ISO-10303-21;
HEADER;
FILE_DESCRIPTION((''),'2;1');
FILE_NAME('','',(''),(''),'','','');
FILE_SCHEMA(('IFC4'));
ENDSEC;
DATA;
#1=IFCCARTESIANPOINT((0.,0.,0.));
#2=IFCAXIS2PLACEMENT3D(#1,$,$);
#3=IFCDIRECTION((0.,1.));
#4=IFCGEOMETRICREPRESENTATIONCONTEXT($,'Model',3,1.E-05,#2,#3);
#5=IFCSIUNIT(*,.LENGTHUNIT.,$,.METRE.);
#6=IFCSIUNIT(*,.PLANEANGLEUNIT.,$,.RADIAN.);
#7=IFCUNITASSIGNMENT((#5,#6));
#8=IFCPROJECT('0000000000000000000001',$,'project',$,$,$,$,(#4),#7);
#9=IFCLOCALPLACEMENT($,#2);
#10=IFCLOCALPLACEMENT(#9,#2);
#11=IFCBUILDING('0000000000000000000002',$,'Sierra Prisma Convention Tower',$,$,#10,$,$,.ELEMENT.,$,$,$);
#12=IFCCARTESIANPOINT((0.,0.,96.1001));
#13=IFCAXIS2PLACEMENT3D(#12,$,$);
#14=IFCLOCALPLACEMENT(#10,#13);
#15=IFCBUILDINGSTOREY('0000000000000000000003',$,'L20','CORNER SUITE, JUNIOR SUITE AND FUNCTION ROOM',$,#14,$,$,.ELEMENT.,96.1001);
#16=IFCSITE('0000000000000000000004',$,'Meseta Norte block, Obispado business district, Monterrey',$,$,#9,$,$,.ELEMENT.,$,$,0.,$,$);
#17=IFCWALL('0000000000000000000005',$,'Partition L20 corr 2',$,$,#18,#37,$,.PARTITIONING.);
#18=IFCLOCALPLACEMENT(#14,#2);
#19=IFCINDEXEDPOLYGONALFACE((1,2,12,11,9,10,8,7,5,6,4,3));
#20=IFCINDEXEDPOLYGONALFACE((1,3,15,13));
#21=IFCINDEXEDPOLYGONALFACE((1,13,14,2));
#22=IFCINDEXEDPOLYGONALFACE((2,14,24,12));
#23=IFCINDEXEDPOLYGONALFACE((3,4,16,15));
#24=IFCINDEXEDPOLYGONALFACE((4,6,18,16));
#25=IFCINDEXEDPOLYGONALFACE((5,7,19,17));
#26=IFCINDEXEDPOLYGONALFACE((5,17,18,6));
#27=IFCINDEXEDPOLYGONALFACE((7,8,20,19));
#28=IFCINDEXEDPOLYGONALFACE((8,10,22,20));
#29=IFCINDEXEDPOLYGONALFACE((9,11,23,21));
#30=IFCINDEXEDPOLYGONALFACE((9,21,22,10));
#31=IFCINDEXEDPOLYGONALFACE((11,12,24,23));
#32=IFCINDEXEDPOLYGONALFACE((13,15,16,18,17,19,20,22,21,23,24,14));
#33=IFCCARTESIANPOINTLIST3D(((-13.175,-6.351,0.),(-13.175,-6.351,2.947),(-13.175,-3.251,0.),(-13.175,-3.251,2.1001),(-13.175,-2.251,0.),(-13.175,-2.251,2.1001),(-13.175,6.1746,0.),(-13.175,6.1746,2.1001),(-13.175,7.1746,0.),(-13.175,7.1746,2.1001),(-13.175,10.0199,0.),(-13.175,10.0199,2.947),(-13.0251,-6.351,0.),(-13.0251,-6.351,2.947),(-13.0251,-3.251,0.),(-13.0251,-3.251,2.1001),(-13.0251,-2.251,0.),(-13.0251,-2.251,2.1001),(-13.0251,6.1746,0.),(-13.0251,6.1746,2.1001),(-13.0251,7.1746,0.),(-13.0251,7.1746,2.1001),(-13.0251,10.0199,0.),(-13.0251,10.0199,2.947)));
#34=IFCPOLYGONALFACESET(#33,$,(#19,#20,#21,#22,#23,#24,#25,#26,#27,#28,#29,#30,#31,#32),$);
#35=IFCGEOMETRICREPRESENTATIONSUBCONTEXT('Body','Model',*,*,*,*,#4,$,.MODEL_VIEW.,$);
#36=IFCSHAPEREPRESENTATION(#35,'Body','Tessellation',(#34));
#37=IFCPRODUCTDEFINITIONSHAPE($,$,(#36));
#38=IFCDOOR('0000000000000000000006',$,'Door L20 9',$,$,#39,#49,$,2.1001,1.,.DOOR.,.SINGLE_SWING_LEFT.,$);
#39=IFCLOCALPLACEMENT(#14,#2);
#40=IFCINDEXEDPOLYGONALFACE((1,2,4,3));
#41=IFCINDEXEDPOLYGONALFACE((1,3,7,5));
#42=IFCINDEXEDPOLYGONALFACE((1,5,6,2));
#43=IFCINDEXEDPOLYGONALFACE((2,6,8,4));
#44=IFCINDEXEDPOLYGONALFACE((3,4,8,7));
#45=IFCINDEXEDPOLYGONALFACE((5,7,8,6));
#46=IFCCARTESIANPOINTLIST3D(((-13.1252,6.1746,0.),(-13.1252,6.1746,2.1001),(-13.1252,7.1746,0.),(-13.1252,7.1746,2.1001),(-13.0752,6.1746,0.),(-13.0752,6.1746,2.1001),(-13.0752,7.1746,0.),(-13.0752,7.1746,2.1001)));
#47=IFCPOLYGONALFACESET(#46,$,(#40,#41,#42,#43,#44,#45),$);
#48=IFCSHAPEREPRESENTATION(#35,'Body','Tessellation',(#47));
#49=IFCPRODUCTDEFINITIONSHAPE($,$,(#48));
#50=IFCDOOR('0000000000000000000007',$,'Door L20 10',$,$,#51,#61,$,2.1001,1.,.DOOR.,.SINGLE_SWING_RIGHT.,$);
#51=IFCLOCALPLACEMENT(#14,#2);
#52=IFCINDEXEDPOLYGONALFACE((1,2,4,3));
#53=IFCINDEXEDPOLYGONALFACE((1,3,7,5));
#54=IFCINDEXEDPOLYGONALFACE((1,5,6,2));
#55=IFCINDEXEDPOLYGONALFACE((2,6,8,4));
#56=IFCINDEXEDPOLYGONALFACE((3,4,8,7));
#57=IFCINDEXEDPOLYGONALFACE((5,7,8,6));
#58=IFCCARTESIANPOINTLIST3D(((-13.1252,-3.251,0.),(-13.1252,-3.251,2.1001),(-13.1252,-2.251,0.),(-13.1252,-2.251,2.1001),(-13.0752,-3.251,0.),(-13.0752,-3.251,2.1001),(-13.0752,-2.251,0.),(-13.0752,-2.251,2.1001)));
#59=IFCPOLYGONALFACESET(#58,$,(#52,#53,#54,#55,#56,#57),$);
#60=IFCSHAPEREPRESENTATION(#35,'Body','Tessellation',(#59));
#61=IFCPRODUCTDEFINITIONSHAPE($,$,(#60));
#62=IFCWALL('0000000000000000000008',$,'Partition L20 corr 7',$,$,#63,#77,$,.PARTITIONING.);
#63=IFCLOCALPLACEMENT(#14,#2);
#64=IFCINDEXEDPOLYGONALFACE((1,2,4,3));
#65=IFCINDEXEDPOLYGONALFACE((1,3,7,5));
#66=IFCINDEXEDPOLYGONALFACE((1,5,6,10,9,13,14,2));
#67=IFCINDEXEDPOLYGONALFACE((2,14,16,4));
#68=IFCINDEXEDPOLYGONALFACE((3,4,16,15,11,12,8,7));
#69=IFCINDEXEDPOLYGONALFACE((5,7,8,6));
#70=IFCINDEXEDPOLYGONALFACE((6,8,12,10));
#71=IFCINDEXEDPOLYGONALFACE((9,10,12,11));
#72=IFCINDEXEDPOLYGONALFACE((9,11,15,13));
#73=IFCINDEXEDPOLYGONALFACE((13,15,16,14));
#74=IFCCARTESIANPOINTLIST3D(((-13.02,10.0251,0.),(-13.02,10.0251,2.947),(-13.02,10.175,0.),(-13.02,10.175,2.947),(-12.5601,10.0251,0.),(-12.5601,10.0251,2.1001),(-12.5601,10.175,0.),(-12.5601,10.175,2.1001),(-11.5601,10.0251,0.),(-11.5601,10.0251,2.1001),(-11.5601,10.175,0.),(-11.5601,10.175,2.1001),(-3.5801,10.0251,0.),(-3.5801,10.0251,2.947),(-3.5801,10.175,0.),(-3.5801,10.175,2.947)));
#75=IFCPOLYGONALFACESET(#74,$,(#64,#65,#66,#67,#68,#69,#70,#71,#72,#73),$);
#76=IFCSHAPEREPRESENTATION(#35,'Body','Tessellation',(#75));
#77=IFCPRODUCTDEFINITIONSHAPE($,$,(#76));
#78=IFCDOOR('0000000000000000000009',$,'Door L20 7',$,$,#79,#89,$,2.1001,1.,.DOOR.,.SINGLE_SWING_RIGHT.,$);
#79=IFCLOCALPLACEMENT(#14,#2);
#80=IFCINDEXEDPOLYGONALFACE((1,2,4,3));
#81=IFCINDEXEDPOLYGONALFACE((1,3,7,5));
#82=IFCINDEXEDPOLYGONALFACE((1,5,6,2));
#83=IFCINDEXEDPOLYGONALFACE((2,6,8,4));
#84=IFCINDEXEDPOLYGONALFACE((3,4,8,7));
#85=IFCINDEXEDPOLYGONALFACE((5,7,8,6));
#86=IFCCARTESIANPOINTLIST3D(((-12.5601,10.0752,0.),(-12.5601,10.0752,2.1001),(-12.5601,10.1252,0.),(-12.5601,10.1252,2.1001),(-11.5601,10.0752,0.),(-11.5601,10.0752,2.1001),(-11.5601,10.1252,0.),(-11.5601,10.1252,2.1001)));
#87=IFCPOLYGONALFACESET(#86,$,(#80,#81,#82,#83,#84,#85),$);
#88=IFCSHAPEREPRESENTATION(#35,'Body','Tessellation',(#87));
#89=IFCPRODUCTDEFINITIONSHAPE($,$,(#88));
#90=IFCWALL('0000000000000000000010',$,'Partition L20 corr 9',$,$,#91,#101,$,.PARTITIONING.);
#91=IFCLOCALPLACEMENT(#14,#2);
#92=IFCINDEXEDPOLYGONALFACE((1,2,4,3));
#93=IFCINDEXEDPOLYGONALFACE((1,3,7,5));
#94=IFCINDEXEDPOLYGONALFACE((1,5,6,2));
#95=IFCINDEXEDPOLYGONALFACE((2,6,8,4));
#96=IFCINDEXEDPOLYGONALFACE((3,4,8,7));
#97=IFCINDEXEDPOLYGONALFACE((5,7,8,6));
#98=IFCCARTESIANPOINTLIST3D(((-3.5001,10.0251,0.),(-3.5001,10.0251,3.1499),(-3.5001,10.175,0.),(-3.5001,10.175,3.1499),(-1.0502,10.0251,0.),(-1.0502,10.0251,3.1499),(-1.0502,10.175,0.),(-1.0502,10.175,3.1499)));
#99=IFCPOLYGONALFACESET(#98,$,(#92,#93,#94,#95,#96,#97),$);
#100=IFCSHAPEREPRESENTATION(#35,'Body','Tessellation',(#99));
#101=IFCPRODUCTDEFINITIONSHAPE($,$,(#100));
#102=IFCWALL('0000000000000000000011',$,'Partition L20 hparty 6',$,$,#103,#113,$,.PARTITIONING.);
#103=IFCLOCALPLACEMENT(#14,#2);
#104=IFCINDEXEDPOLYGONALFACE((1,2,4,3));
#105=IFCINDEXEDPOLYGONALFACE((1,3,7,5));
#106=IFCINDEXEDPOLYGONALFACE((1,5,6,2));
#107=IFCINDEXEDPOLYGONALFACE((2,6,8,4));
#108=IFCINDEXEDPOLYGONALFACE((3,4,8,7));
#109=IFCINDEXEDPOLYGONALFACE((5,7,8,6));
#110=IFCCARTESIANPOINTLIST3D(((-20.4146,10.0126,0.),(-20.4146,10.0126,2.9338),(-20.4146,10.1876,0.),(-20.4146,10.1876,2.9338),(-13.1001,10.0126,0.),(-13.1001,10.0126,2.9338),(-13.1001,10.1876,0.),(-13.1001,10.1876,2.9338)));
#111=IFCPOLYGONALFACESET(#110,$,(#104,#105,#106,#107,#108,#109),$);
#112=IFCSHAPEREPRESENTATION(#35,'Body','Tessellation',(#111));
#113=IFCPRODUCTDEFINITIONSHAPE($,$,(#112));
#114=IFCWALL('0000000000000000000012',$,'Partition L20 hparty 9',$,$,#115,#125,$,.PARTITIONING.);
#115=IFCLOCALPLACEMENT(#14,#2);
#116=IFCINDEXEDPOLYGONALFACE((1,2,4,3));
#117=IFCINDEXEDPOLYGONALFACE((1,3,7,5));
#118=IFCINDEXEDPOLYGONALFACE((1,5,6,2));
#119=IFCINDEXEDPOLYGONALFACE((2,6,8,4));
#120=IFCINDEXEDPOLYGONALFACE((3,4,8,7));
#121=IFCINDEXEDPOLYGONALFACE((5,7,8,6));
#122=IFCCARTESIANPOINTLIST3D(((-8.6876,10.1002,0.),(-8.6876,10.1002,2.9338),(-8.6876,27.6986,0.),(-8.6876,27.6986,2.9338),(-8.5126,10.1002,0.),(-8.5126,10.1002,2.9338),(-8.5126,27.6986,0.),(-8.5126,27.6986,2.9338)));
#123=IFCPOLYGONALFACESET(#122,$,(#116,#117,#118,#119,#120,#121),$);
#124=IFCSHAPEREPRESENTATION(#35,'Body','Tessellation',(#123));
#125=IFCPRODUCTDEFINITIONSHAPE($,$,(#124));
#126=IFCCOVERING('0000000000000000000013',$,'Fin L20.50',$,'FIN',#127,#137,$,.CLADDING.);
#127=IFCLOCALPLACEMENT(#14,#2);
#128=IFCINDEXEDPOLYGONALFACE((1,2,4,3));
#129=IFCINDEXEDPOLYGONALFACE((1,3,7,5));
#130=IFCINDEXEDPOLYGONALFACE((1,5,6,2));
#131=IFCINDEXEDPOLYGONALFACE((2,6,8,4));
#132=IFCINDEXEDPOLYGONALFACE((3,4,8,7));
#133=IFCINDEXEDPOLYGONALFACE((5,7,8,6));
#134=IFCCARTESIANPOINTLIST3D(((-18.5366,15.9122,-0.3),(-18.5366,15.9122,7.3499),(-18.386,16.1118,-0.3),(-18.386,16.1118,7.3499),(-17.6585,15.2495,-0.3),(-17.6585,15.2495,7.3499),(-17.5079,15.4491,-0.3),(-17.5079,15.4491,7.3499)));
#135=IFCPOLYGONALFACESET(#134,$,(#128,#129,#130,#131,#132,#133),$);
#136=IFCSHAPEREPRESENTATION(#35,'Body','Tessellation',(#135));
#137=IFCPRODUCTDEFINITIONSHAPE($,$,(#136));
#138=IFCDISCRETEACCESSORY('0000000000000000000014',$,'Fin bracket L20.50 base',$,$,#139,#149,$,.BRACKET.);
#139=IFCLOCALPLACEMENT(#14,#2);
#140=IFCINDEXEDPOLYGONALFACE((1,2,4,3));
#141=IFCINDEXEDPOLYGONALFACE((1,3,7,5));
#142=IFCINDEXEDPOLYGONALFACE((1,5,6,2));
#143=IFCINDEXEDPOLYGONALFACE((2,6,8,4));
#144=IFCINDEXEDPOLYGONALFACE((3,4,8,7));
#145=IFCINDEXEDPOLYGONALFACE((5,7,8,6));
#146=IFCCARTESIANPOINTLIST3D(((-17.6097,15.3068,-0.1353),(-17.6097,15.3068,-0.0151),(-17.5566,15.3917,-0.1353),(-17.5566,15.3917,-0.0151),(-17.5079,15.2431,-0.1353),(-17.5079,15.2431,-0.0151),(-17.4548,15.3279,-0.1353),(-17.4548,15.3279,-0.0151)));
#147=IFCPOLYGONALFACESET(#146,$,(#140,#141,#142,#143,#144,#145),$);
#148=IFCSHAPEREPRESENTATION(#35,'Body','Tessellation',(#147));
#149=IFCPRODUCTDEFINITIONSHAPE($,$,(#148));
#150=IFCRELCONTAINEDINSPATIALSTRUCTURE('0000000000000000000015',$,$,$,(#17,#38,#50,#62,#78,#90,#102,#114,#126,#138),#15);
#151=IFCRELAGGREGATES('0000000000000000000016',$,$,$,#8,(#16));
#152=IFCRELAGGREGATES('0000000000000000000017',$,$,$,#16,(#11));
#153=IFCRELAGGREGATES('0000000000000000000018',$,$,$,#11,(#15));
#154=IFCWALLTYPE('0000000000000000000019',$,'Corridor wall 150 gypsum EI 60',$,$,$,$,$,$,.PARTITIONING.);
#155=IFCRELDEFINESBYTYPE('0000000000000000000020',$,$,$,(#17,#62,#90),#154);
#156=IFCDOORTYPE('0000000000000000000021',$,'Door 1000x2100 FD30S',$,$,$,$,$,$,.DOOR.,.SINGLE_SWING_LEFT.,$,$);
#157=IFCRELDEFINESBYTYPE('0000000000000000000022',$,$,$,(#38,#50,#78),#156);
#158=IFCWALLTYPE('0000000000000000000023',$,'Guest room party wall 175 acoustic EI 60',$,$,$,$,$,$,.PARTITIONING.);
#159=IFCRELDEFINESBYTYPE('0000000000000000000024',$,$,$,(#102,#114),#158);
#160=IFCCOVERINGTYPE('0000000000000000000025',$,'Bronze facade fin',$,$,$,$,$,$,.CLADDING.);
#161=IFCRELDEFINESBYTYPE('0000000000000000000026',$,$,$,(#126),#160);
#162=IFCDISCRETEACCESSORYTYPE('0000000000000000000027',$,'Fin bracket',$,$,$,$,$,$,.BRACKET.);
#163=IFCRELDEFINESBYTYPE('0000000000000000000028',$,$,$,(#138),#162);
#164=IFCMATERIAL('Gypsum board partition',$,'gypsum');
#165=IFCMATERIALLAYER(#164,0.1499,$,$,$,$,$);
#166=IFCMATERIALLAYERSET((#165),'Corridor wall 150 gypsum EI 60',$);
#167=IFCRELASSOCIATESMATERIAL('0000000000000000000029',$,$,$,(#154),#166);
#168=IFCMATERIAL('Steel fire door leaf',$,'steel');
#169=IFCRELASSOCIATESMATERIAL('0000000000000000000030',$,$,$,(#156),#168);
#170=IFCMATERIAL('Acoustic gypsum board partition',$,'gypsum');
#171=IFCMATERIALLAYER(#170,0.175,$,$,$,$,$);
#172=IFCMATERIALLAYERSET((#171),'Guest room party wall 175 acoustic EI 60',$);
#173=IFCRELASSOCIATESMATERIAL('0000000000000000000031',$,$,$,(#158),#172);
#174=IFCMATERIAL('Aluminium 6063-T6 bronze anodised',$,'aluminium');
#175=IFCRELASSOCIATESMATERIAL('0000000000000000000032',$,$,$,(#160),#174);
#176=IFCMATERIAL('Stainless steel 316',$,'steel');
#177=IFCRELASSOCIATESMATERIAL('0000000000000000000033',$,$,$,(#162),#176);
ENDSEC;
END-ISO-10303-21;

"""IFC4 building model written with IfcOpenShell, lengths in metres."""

from ifc_helpers import new_model, si_unit, direction, frame, frame_2d, origin, origin_2d, place, context, subcontext, project, spatial, rectangle, extrude, material, layer, layer_set, material_profile, profile_set, type_object, element, fill, save


model = new_model("IFC4")

# Units and contexts
model_context = context("Model", 3, precision=1e-05, world=origin(), true_north=direction((0.0, 1.0)))
body_context = subcontext(model_context, "Body", "Model", "MODEL_VIEW")
ifc_project = project(units=[si_unit("LENGTHUNIT", "METRE"), si_unit("PLANEANGLEUNIT", "RADIAN")], contexts=[model_context])

# Site, building, storey
site_placement = place(None, origin())
site = spatial("IfcSite", under=ifc_project, at=site_placement, Name="Meseta Norte block, Obispado business district, Monterrey", CompositionType="ELEMENT", RefElevation=0.0)
building_placement = place(site_placement, origin())
building = spatial("IfcBuilding", under=site, at=building_placement, Name="Sierra Prisma Convention Tower", CompositionType="ELEMENT")
storey_placement = place(building_placement, frame((0.0, 0.0, 96.1001)))
storey = spatial("IfcBuildingStorey", under=building, at=storey_placement, Name="L20", Description="CORNER SUITE, JUNIOR SUITE AND FUNCTION ROOM", CompositionType="ELEMENT", Elevation=96.1001)

# Wall, openings, doors
ifc_material_1 = material(Name="Gypsum board partition", Category="gypsum")
ifc_layer_1 = layer(ifc_material_1, 0.1499)
ifc_layer_set_1 = layer_set([ifc_layer_1], Name="Corridor wall 150 gypsum EI 60")
wall_type_1 = type_object("IfcWallType", Name="Corridor wall 150 gypsum EI 60", PredefinedType="PARTITIONING", material=ifc_layer_set_1)
wall_1_placement = place(storey_placement, frame((-13.1001, 10.02, 0.0), z_axis=(0.0, 0.0, 1.0), x_axis=(0.0, -1.0, 0.0)))
wall_1 = element("IfcWall", 1, at=wall_1_placement, inside=storey, type_object=wall_type_1, Name="Partition L20 corr 2", PredefinedType="PARTITIONING", context=body_context, shape_type="SweptSolid", body=[
    extrude(rectangle(XDim=16.3708, YDim=0.1499, at=frame_2d((8.1855, 0.0))), origin(), (0.0, 0.0, 1.0), 2.947),
])
opening_1_placement = place(wall_1_placement, frame((2.8455, 0.0, 0.0)))
opening_1 = element("IfcOpeningElement", 2, at=opening_1_placement, cuts=wall_1, PredefinedType="OPENING", context=body_context, shape_type="SweptSolid", body=[
    extrude(rectangle(XDim=1.0, YDim=2.1001, at=frame_2d((0.5, 1.05))), frame((0.0, 0.075, 0.0), z_axis=(0.0, -1.0, 0.0), x_axis=(1.0, 0.0, 0.0)), (0.0, 0.0, 1.0), 0.1499),
])
opening_2_placement = place(wall_1_placement, frame((12.271, 0.0, 0.0)))
opening_2 = element("IfcOpeningElement", 3, at=opening_2_placement, cuts=wall_1, PredefinedType="OPENING", context=body_context, shape_type="SweptSolid", body=[
    extrude(rectangle(XDim=1.0, YDim=2.1001, at=frame_2d((0.5, 1.05))), frame((0.0, 0.075, 0.0), z_axis=(0.0, -1.0, 0.0), x_axis=(1.0, 0.0, 0.0)), (0.0, 0.0, 1.0), 0.1499),
])
ifc_material_2 = material(Name="Steel fire door leaf", Category="steel")
door_type_1 = type_object("IfcDoorType", Name="Door 1000x2100 FD30S", OperationType="SINGLE_SWING_LEFT", PredefinedType="DOOR", material=ifc_material_2)
door_1_placement = place(opening_1_placement, origin())
door_1 = element("IfcDoor", 4, at=door_1_placement, inside=storey, type_object=door_type_1, Name="Door L20 9", OperationType="SINGLE_SWING_LEFT", OverallHeight=2.1001, OverallWidth=1.0, PredefinedType="DOOR", context=body_context, shape_type="SweptSolid", body=[
    extrude(rectangle(XDim=1.0, YDim=2.1001, at=frame_2d((0.5, 1.05))), frame((0.0, 0.0249, 0.0), z_axis=(0.0, -1.0, 0.0), x_axis=(1.0, 0.0, 0.0)), (0.0, 0.0, 1.0), 0.05),
])
fill(opening_1, door_1)
door_2_placement = place(opening_2_placement, origin())
door_2 = element("IfcDoor", 5, at=door_2_placement, inside=storey, type_object=door_type_1, Name="Door L20 10", OperationType="SINGLE_SWING_RIGHT", OverallHeight=2.1001, OverallWidth=1.0, PredefinedType="DOOR", context=body_context, shape_type="SweptSolid", body=[
    extrude(rectangle(XDim=1.0, YDim=2.1001, at=frame_2d((0.5, 1.05))), frame((0.0, 0.0249, 0.0), z_axis=(0.0, -1.0, 0.0), x_axis=(1.0, 0.0, 0.0)), (0.0, 0.0, 1.0), 0.05),
])
fill(opening_2, door_2)

# Wall, opening, door
wall_2_placement = place(storey_placement, frame((-3.5801, 10.1001, 0.0), z_axis=(0.0, 0.0, 1.0), x_axis=(-1.0, 0.0, 0.0)))
wall_2 = element("IfcWall", 6, at=wall_2_placement, inside=storey, type_object=wall_type_1, Name="Partition L20 corr 7", PredefinedType="PARTITIONING", context=body_context, shape_type="SweptSolid", body=[
    extrude(rectangle(XDim=9.4399, YDim=0.1499, at=frame_2d((4.72, 0.0))), origin(), (0.0, 0.0, 1.0), 2.947),
])
opening_3_placement = place(wall_2_placement, frame((7.98, 0.0, 0.0)))
opening_3 = element("IfcOpeningElement", 7, at=opening_3_placement, cuts=wall_2, PredefinedType="OPENING", context=body_context, shape_type="SweptSolid", body=[
    extrude(rectangle(XDim=1.0, YDim=2.1001, at=frame_2d((0.5, 1.05))), frame((0.0, 0.075, 0.0), z_axis=(0.0, -1.0, 0.0), x_axis=(1.0, 0.0, 0.0)), (0.0, 0.0, 1.0), 0.1499),
])
door_3_placement = place(opening_3_placement, origin())
door_3 = element("IfcDoor", 8, at=door_3_placement, inside=storey, type_object=door_type_1, Name="Door L20 7", OperationType="SINGLE_SWING_RIGHT", OverallHeight=2.1001, OverallWidth=1.0, PredefinedType="DOOR", context=body_context, shape_type="SweptSolid", body=[
    extrude(rectangle(XDim=1.0, YDim=2.1001, at=frame_2d((0.5, 1.05))), frame((0.0, 0.0249, 0.0), z_axis=(0.0, -1.0, 0.0), x_axis=(1.0, 0.0, 0.0)), (0.0, 0.0, 1.0), 0.05),
])
fill(opening_3, door_3)

# Walls
wall_3_placement = place(storey_placement, frame((-1.05, 10.1001, 0.0), z_axis=(0.0, 0.0, 1.0), x_axis=(-1.0, 0.0, 0.0)))
element("IfcWall", 9, at=wall_3_placement, inside=storey, type_object=wall_type_1, Name="Partition L20 corr 9", PredefinedType="PARTITIONING", context=body_context, shape_type="SweptSolid", body=[
    extrude(rectangle(XDim=2.45, YDim=0.1499, at=frame_2d((1.2251, 0.0))), origin(), (0.0, 0.0, 1.0), 3.1499),
])
ifc_material_3 = material(Name="Acoustic gypsum board partition", Category="gypsum")
ifc_layer_2 = layer(ifc_material_3, 0.175)
ifc_layer_set_2 = layer_set([ifc_layer_2], Name="Guest room party wall 175 acoustic EI 60")
wall_type_2 = type_object("IfcWallType", Name="Guest room party wall 175 acoustic EI 60", PredefinedType="PARTITIONING", material=ifc_layer_set_2)
wall_4_placement = place(storey_placement, frame((-13.1001, 10.1001, 0.0), z_axis=(0.0, 0.0, 1.0), x_axis=(-1.0, 0.0, 0.0)))
element("IfcWall", 10, at=wall_4_placement, inside=storey, type_object=wall_type_2, Name="Partition L20 hparty 6", PredefinedType="PARTITIONING", context=body_context, shape_type="SweptSolid", body=[
    extrude(rectangle(XDim=7.3145, YDim=0.175, at=frame_2d((3.6572, 0.0))), origin(), (0.0, 0.0, 1.0), 2.9338),
])
wall_5_placement = place(storey_placement, frame((-8.6001, 10.1001, 0.0), z_axis=(0.0, 0.0, 1.0), x_axis=(0.0, 1.0, 0.0)))
element("IfcWall", 11, at=wall_5_placement, inside=storey, type_object=wall_type_2, Name="Partition L20 hparty 9", PredefinedType="PARTITIONING", context=body_context, shape_type="SweptSolid", body=[
    extrude(rectangle(XDim=17.5984, YDim=0.175, at=frame_2d((8.7993, 0.0))), origin(), (0.0, 0.0, 1.0), 2.9338),
])

# Covering
ifc_material_4 = material(Name="Aluminium 6063-T6 bronze anodised", Category="aluminium")
ifc_material_profile_1 = material_profile(ifc_material_4, rectangle(XDim=1.1001, YDim=0.25, at=origin_2d()), Name="ALU FIN 1100x250")
ifc_profile_set_1 = profile_set([ifc_material_profile_1], Name="Aluminium 6063-T6 bronze anodised")
covering_type = type_object("IfcCoveringType", Name="Bronze facade fin", PredefinedType="CLADDING", material=ifc_profile_set_1)
covering_placement = place(storey_placement, frame((-18.0222, 15.6807, -0.3), z_axis=(0.0, 0.0, 1.0), x_axis=(-0.798193, 0.602401, 0.0)))
element("IfcCovering", 12, at=covering_placement, inside=storey, type_object=covering_type, Name="Fin L20.50", ObjectType="FIN", PredefinedType="CLADDING", context=body_context, shape_type="SweptSolid", body=[
    extrude(rectangle(XDim=1.1001, YDim=0.25, at=origin_2d()), origin(), (0.0, 0.0, 1.0), 7.6499),
])

# Discrete accessory
ifc_material_5 = material(Name="Stainless steel 316", Category="steel")
discrete_accessory_type = type_object("IfcDiscreteAccessoryType", Name="Fin bracket", PredefinedType="BRACKET", material=ifc_material_5)
discrete_accessory_placement = place(storey_placement, frame((-17.5322, 15.3174, -0.1353), z_axis=(0.0, 0.0, 1.0), x_axis=(-0.847659, 0.530542, 0.0)))
element("IfcDiscreteAccessory", 13, at=discrete_accessory_placement, inside=storey, type_object=discrete_accessory_type, Name="Fin bracket L20.50 base", PredefinedType="BRACKET", context=body_context, shape_type="SweptSolid", body=[
    extrude(rectangle(XDim=0.1201, YDim=0.1001, at=origin_2d()), origin(), (0.0, 0.0, 1.0), 0.1201),
])

save(model, "model.ifc")
